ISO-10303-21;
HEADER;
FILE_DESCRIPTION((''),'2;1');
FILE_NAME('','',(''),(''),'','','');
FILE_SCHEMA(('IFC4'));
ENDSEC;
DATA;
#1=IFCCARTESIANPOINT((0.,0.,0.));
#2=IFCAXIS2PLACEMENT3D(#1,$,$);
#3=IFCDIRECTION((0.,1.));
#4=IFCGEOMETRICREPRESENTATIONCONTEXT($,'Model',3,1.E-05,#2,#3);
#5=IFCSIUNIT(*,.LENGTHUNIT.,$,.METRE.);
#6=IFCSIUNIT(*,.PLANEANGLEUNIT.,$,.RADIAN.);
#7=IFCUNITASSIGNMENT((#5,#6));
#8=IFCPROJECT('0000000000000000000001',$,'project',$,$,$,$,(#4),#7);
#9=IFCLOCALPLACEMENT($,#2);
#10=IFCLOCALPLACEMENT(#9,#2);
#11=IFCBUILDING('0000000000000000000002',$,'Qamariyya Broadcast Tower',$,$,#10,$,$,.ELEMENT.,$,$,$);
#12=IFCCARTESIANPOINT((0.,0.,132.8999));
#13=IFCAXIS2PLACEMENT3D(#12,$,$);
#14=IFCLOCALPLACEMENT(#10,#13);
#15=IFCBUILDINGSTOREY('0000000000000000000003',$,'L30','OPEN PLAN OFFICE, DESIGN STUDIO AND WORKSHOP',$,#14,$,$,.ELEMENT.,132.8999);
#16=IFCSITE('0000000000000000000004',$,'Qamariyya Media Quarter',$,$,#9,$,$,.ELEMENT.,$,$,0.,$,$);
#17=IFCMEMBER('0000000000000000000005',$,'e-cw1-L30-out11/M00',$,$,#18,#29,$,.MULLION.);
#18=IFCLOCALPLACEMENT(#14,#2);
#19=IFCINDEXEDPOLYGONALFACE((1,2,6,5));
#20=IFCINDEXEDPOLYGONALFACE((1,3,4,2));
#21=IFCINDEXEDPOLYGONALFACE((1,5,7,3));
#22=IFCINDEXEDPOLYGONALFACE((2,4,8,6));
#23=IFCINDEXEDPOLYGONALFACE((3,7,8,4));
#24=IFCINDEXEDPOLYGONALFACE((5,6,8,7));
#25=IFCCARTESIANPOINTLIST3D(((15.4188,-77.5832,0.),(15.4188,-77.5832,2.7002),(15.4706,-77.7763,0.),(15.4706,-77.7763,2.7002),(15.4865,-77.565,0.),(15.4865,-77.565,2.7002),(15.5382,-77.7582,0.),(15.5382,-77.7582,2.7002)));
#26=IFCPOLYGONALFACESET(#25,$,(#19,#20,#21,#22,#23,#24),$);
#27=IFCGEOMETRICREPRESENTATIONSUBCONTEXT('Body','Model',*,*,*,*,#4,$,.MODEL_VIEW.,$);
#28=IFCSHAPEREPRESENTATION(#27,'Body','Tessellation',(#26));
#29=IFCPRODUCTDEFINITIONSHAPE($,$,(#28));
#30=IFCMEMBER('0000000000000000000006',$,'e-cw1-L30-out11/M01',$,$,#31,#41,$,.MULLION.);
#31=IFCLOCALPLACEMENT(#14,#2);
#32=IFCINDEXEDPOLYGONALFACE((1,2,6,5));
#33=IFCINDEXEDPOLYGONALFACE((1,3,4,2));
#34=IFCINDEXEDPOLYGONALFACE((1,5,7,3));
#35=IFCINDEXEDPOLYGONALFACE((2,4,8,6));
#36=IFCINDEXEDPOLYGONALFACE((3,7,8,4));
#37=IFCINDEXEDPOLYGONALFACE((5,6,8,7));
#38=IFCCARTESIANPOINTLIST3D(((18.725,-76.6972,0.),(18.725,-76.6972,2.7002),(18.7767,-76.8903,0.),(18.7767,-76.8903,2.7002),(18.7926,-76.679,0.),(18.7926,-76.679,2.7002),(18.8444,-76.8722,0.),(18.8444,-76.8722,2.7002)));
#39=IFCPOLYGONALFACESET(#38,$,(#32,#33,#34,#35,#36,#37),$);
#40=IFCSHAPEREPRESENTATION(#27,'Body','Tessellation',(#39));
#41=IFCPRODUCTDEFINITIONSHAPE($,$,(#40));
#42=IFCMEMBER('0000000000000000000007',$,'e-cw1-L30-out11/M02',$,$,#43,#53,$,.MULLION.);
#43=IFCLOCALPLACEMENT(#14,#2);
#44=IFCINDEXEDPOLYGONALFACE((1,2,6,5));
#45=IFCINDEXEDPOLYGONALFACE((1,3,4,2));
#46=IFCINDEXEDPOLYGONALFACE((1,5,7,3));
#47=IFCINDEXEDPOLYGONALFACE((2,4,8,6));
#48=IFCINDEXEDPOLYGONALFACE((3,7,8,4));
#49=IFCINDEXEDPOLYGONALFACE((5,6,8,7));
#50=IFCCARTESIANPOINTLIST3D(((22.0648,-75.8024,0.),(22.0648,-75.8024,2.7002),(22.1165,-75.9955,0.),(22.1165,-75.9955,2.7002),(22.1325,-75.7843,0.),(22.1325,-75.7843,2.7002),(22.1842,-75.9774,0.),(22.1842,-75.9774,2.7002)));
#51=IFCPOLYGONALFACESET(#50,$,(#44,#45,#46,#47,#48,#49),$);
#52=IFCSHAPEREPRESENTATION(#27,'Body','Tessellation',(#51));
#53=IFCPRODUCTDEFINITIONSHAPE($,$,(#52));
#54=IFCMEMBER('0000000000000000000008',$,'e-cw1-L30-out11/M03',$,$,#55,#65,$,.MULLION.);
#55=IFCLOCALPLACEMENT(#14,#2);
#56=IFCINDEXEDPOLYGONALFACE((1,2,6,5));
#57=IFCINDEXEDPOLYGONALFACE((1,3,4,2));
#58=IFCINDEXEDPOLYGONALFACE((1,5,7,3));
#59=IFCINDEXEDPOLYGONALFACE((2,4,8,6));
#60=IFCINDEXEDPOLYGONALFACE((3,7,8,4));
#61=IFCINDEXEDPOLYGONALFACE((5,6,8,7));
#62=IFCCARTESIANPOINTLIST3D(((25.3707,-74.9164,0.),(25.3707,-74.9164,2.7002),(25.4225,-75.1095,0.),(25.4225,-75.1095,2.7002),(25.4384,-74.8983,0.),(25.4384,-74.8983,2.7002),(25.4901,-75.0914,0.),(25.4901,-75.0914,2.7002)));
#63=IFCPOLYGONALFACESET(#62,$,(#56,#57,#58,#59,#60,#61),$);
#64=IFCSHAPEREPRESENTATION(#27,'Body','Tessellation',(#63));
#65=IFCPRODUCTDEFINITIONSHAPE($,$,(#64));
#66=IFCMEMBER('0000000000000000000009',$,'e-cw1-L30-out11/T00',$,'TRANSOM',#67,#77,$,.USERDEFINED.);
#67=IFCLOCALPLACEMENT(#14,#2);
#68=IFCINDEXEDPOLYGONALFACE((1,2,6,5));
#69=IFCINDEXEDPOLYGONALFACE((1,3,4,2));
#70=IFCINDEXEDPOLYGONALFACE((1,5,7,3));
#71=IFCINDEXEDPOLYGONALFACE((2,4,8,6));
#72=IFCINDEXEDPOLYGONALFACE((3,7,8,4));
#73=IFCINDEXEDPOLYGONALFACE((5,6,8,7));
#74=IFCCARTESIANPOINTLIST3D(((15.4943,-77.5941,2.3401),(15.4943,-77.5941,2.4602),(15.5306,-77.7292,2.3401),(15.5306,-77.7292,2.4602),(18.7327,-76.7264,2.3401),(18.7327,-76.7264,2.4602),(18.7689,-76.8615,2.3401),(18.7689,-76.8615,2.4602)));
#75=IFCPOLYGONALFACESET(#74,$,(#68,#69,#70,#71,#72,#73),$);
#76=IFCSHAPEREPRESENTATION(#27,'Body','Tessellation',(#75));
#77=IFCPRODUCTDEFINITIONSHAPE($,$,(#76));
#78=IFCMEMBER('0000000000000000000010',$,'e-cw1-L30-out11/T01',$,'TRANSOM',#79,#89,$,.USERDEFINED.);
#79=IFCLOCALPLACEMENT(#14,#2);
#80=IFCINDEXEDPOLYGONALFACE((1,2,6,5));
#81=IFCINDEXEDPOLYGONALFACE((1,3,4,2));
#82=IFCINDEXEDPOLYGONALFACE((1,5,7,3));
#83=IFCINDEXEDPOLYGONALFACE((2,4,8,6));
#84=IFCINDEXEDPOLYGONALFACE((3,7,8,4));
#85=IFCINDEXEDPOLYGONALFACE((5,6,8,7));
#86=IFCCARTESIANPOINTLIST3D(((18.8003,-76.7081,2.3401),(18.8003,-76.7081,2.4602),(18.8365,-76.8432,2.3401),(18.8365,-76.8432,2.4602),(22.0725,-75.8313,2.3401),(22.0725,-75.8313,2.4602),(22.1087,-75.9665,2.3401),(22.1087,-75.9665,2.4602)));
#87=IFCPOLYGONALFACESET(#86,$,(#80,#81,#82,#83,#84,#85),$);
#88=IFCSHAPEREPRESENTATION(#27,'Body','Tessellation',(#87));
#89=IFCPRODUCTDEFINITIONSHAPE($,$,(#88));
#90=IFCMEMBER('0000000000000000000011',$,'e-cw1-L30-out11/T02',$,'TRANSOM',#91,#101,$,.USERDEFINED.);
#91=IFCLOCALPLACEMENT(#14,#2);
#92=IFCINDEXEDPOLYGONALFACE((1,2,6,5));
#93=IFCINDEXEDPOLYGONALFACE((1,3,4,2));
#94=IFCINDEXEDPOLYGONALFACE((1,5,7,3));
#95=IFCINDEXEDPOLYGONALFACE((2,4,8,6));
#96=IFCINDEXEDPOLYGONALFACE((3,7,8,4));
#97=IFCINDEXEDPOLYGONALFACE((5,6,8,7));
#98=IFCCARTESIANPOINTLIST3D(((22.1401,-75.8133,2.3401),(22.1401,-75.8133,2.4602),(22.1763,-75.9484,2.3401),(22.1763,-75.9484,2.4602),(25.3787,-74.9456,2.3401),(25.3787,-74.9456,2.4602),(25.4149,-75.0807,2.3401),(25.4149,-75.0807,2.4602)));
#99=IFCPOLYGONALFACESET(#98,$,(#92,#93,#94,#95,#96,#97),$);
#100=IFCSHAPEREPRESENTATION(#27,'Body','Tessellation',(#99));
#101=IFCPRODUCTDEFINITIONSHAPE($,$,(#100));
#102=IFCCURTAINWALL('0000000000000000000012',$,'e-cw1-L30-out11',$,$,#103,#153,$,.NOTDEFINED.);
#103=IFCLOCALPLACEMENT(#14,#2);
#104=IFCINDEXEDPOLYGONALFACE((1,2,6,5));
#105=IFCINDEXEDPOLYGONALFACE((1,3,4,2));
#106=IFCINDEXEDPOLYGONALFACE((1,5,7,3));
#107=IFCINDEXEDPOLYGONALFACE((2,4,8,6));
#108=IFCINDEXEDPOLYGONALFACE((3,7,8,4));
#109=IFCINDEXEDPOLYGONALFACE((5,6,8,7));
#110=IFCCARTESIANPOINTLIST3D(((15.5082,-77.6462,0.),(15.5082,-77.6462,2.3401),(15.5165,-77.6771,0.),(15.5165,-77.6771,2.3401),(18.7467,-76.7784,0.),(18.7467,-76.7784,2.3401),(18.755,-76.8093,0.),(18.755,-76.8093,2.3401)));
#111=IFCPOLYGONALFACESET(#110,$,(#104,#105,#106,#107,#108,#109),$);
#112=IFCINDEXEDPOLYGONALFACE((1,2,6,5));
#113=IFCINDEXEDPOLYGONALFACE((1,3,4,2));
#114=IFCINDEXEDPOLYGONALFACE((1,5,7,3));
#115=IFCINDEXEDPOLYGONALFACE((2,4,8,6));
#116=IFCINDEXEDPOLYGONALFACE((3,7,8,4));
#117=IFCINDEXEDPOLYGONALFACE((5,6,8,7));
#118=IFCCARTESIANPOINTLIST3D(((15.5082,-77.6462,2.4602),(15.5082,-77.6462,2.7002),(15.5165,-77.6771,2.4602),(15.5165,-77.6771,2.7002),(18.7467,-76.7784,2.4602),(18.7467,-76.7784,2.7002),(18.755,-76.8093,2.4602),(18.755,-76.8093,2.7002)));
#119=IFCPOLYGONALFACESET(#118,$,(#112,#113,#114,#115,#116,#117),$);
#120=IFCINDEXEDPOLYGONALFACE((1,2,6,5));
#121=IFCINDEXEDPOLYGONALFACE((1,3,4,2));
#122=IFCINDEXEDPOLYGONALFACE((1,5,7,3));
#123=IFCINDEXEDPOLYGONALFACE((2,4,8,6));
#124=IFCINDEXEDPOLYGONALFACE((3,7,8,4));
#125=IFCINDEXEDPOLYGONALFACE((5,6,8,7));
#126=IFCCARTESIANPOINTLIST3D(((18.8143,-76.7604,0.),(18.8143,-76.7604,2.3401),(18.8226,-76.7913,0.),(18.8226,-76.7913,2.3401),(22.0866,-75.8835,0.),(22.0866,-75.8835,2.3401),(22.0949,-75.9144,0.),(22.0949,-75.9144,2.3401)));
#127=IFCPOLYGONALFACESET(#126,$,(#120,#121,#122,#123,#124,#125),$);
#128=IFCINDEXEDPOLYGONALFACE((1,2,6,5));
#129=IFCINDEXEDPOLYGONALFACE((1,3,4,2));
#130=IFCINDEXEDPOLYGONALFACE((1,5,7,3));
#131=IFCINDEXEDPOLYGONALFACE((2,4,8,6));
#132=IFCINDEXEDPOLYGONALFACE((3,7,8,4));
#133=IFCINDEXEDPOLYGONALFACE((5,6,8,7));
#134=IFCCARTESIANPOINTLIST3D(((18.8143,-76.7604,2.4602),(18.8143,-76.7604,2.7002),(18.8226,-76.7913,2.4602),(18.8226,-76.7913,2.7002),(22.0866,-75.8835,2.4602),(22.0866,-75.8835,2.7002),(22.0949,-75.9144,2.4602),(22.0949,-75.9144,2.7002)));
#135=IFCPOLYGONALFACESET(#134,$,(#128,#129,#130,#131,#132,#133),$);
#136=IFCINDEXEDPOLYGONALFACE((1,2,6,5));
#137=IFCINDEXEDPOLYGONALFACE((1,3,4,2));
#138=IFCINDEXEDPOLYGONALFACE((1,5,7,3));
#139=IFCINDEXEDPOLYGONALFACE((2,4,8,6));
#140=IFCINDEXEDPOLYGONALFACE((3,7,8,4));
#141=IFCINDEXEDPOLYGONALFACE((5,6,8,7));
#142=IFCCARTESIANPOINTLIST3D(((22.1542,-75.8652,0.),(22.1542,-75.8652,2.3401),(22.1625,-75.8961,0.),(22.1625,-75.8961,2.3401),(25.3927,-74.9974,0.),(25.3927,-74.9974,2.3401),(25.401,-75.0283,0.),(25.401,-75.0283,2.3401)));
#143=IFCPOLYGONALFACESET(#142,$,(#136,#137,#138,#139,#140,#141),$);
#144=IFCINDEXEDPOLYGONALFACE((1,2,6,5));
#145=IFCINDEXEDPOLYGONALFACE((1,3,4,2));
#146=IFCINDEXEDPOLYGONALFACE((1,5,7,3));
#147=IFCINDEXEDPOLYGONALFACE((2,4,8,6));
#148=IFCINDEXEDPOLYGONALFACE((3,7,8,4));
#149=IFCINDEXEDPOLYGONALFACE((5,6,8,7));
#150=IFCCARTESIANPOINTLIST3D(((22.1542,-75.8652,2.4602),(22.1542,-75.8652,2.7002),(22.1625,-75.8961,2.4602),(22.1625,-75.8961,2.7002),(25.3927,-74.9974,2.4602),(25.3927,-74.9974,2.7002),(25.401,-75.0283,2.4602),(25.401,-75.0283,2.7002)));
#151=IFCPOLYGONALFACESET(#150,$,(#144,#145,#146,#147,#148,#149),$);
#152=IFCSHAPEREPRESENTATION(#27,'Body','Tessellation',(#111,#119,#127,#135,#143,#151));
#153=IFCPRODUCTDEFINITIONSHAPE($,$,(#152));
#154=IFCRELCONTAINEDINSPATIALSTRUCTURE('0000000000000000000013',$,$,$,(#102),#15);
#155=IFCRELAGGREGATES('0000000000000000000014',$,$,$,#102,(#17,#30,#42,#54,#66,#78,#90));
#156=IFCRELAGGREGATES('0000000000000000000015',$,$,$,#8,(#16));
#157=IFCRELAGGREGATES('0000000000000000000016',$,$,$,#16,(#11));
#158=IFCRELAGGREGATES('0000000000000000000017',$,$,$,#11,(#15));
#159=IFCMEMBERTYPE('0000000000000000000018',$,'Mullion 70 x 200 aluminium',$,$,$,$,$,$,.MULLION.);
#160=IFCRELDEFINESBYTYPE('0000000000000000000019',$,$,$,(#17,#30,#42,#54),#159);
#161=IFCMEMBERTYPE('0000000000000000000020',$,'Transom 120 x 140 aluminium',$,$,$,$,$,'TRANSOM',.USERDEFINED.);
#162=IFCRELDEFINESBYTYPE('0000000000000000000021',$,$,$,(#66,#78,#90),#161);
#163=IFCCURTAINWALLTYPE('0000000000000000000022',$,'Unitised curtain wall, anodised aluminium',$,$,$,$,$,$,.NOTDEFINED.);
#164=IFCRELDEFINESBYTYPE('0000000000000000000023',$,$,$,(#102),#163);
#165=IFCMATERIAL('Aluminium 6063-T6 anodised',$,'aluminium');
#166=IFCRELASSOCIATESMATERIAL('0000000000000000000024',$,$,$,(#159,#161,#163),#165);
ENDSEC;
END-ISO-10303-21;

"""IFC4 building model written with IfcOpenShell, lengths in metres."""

from ifc_helpers import new_model, si_unit, direction, frame, origin, origin_2d, place, context, subcontext, project, spatial, rectangle, extrude, material, material_profile, profile_set, type_object, element, aggregate, save


model = new_model("IFC4")

# Units and contexts
model_context = context("Model", 3, precision=1e-05, world=origin(), true_north=direction((0.0, 1.0)))
body_context = subcontext(model_context, "Body", "Model", "MODEL_VIEW")
ifc_project = project(units=[si_unit("LENGTHUNIT", "METRE"), si_unit("PLANEANGLEUNIT", "RADIAN")], contexts=[model_context])

# Members
ifc_material = material(Name="Aluminium 6063-T6 anodised", Category="aluminium")
ifc_material_profile_1 = material_profile(ifc_material, rectangle(XDim=0.2, YDim=0.0701, at=origin_2d()))
ifc_profile_set_1 = profile_set([ifc_material_profile_1], Name="Aluminium 6063-T6 anodised")
member_type_1 = type_object("IfcMemberType", Name="Mullion 70 x 200 aluminium", PredefinedType="MULLION", material=ifc_profile_set_1)
site_placement = place(None, origin())
building_placement = place(site_placement, origin())
storey_placement = place(building_placement, frame((0.0, 0.0, 132.8999)))
member_1_placement = place(storey_placement, frame((15.4785, -77.6707, 0.0), z_axis=(0.0, 0.0, 1.0), x_axis=(-0.258819, 0.965926, 0.0)))
member_1 = element("IfcMember", 1, at=member_1_placement, type_object=member_type_1, Name="e-cw1-L30-out11/M00", PredefinedType="MULLION", context=body_context, shape_type="SweptSolid", body=[
    extrude(rectangle(XDim=0.2, YDim=0.0701, at=origin_2d()), origin(), (0.0, 0.0, 1.0), 2.7002),
])
member_2_placement = place(storey_placement, frame((18.7847, -76.7847, 0.0), z_axis=(0.0, 0.0, 1.0), x_axis=(-0.258819, 0.965926, 0.0)))
member_2 = element("IfcMember", 2, at=member_2_placement, type_object=member_type_1, Name="e-cw1-L30-out11/M01", PredefinedType="MULLION", context=body_context, shape_type="SweptSolid", body=[
    extrude(rectangle(XDim=0.2, YDim=0.0701, at=origin_2d()), origin(), (0.0, 0.0, 1.0), 2.7002),
])
member_3_placement = place(storey_placement, frame((22.1245, -75.8899, 0.0), z_axis=(0.0, 0.0, 1.0), x_axis=(-0.258819, 0.965926, 0.0)))
member_3 = element("IfcMember", 3, at=member_3_placement, type_object=member_type_1, Name="e-cw1-L30-out11/M02", PredefinedType="MULLION", context=body_context, shape_type="SweptSolid", body=[
    extrude(rectangle(XDim=0.2, YDim=0.0701, at=origin_2d()), origin(), (0.0, 0.0, 1.0), 2.7002),
])
member_4_placement = place(storey_placement, frame((25.4304, -75.0039, 0.0), z_axis=(0.0, 0.0, 1.0), x_axis=(-0.258819, 0.965926, 0.0)))
member_4 = element("IfcMember", 4, at=member_4_placement, type_object=member_type_1, Name="e-cw1-L30-out11/M03", PredefinedType="MULLION", context=body_context, shape_type="SweptSolid", body=[
    extrude(rectangle(XDim=0.2, YDim=0.0701, at=origin_2d()), origin(), (0.0, 0.0, 1.0), 2.7002),
])
ifc_material_profile_2 = material_profile(ifc_material, rectangle(XDim=0.1399, YDim=0.1201, at=origin_2d()))
ifc_profile_set_2 = profile_set([ifc_material_profile_2], Name="Aluminium 6063-T6 anodised")
member_type_2 = type_object("IfcMemberType", Name="Transom 120 x 140 aluminium", ElementType="TRANSOM", PredefinedType="USERDEFINED", material=ifc_profile_set_2)
member_5_placement = place(storey_placement, frame((15.5125, -77.6616, 2.4001), z_axis=(0.965927, 0.258814, 0.0), x_axis=(-0.258814, 0.965927, 0.0)))
member_5 = element("IfcMember", 5, at=member_5_placement, type_object=member_type_2, Name="e-cw1-L30-out11/T00", ObjectType="TRANSOM", PredefinedType="USERDEFINED", context=body_context, shape_type="SweptSolid", body=[
    extrude(rectangle(XDim=0.1399, YDim=0.1201, at=origin_2d()), origin(), (0.0, 0.0, 1.0), 3.3525),
])
member_6_placement = place(storey_placement, frame((18.8184, -76.7756, 2.4001), z_axis=(0.965932, 0.258797, 0.0), x_axis=(-0.258797, 0.965932, 0.0)))
member_6 = element("IfcMember", 6, at=member_6_placement, type_object=member_type_2, Name="e-cw1-L30-out11/T01", ObjectType="TRANSOM", PredefinedType="USERDEFINED", context=body_context, shape_type="SweptSolid", body=[
    extrude(rectangle(XDim=0.1399, YDim=0.1201, at=origin_2d()), origin(), (0.0, 0.0, 1.0), 3.3877),
])
member_7_placement = place(storey_placement, frame((22.1582, -75.8809, 2.4001), z_axis=(0.965932, 0.258796, 0.0), x_axis=(-0.258796, 0.965932, 0.0)))
member_7 = element("IfcMember", 7, at=member_7_placement, type_object=member_type_2, Name="e-cw1-L30-out11/T02", ObjectType="TRANSOM", PredefinedType="USERDEFINED", context=body_context, shape_type="SweptSolid", body=[
    extrude(rectangle(XDim=0.1399, YDim=0.1201, at=origin_2d()), origin(), (0.0, 0.0, 1.0), 3.3528),
])

# Site, building, storey
site = spatial("IfcSite", under=ifc_project, at=site_placement, Name="Qamariyya Media Quarter", CompositionType="ELEMENT", RefElevation=0.0)
building = spatial("IfcBuilding", under=site, at=building_placement, Name="Qamariyya Broadcast Tower", CompositionType="ELEMENT")
storey = spatial("IfcBuildingStorey", under=building, at=storey_placement, Name="L30", Description="OPEN PLAN OFFICE, DESIGN STUDIO AND WORKSHOP", CompositionType="ELEMENT", Elevation=132.8999)

# Curtain wall
curtain_wall_type = type_object("IfcCurtainWallType", Name="Unitised curtain wall, anodised aluminium", PredefinedType="NOTDEFINED", material=ifc_material)
curtain_wall_1_placement = place(storey_placement, origin())
curtain_wall_1 = element("IfcCurtainWall", 8, at=curtain_wall_1_placement, inside=storey, type_object=curtain_wall_type, Name="e-cw1-L30-out11", PredefinedType="NOTDEFINED", context=body_context, shape_type="SweptSolid", body=[
    extrude(rectangle(XDim=3.3528, YDim=0.032, at=origin_2d()), frame((17.1316, -77.2278, 0.0), x_axis=(0.965924, 0.258827, 0.0)), (0.0, 0.0, 1.0), 2.3401),
    extrude(rectangle(XDim=3.3528, YDim=0.032, at=origin_2d()), frame((17.1316, -77.2278, 2.4602), x_axis=(0.965924, 0.258827, 0.0)), (0.0, 0.0, 1.0), 0.24),
    extrude(rectangle(XDim=3.3877, YDim=0.032, at=origin_2d()), frame((20.4546, -76.3374, 0.0), x_axis=(0.965924, 0.258827, 0.0)), (0.0, 0.0, 1.0), 2.3401),
    extrude(rectangle(XDim=3.3877, YDim=0.032, at=origin_2d()), frame((20.4546, -76.3374, 2.4602), x_axis=(0.965924, 0.258827, 0.0)), (0.0, 0.0, 1.0), 0.24),
    extrude(rectangle(XDim=3.3528, YDim=0.032, at=origin_2d()), frame((23.7776, -75.4468, 0.0), x_axis=(0.965924, 0.258827, 0.0)), (0.0, 0.0, 1.0), 2.3401),
    extrude(rectangle(XDim=3.3528, YDim=0.032, at=origin_2d()), frame((23.7776, -75.4468, 2.4602), x_axis=(0.965924, 0.258827, 0.0)), (0.0, 0.0, 1.0), 0.24),
])
aggregate(curtain_wall_1, [member_1, member_2, member_3, member_4, member_5, member_6, member_7])

save(model, "model.ifc")
